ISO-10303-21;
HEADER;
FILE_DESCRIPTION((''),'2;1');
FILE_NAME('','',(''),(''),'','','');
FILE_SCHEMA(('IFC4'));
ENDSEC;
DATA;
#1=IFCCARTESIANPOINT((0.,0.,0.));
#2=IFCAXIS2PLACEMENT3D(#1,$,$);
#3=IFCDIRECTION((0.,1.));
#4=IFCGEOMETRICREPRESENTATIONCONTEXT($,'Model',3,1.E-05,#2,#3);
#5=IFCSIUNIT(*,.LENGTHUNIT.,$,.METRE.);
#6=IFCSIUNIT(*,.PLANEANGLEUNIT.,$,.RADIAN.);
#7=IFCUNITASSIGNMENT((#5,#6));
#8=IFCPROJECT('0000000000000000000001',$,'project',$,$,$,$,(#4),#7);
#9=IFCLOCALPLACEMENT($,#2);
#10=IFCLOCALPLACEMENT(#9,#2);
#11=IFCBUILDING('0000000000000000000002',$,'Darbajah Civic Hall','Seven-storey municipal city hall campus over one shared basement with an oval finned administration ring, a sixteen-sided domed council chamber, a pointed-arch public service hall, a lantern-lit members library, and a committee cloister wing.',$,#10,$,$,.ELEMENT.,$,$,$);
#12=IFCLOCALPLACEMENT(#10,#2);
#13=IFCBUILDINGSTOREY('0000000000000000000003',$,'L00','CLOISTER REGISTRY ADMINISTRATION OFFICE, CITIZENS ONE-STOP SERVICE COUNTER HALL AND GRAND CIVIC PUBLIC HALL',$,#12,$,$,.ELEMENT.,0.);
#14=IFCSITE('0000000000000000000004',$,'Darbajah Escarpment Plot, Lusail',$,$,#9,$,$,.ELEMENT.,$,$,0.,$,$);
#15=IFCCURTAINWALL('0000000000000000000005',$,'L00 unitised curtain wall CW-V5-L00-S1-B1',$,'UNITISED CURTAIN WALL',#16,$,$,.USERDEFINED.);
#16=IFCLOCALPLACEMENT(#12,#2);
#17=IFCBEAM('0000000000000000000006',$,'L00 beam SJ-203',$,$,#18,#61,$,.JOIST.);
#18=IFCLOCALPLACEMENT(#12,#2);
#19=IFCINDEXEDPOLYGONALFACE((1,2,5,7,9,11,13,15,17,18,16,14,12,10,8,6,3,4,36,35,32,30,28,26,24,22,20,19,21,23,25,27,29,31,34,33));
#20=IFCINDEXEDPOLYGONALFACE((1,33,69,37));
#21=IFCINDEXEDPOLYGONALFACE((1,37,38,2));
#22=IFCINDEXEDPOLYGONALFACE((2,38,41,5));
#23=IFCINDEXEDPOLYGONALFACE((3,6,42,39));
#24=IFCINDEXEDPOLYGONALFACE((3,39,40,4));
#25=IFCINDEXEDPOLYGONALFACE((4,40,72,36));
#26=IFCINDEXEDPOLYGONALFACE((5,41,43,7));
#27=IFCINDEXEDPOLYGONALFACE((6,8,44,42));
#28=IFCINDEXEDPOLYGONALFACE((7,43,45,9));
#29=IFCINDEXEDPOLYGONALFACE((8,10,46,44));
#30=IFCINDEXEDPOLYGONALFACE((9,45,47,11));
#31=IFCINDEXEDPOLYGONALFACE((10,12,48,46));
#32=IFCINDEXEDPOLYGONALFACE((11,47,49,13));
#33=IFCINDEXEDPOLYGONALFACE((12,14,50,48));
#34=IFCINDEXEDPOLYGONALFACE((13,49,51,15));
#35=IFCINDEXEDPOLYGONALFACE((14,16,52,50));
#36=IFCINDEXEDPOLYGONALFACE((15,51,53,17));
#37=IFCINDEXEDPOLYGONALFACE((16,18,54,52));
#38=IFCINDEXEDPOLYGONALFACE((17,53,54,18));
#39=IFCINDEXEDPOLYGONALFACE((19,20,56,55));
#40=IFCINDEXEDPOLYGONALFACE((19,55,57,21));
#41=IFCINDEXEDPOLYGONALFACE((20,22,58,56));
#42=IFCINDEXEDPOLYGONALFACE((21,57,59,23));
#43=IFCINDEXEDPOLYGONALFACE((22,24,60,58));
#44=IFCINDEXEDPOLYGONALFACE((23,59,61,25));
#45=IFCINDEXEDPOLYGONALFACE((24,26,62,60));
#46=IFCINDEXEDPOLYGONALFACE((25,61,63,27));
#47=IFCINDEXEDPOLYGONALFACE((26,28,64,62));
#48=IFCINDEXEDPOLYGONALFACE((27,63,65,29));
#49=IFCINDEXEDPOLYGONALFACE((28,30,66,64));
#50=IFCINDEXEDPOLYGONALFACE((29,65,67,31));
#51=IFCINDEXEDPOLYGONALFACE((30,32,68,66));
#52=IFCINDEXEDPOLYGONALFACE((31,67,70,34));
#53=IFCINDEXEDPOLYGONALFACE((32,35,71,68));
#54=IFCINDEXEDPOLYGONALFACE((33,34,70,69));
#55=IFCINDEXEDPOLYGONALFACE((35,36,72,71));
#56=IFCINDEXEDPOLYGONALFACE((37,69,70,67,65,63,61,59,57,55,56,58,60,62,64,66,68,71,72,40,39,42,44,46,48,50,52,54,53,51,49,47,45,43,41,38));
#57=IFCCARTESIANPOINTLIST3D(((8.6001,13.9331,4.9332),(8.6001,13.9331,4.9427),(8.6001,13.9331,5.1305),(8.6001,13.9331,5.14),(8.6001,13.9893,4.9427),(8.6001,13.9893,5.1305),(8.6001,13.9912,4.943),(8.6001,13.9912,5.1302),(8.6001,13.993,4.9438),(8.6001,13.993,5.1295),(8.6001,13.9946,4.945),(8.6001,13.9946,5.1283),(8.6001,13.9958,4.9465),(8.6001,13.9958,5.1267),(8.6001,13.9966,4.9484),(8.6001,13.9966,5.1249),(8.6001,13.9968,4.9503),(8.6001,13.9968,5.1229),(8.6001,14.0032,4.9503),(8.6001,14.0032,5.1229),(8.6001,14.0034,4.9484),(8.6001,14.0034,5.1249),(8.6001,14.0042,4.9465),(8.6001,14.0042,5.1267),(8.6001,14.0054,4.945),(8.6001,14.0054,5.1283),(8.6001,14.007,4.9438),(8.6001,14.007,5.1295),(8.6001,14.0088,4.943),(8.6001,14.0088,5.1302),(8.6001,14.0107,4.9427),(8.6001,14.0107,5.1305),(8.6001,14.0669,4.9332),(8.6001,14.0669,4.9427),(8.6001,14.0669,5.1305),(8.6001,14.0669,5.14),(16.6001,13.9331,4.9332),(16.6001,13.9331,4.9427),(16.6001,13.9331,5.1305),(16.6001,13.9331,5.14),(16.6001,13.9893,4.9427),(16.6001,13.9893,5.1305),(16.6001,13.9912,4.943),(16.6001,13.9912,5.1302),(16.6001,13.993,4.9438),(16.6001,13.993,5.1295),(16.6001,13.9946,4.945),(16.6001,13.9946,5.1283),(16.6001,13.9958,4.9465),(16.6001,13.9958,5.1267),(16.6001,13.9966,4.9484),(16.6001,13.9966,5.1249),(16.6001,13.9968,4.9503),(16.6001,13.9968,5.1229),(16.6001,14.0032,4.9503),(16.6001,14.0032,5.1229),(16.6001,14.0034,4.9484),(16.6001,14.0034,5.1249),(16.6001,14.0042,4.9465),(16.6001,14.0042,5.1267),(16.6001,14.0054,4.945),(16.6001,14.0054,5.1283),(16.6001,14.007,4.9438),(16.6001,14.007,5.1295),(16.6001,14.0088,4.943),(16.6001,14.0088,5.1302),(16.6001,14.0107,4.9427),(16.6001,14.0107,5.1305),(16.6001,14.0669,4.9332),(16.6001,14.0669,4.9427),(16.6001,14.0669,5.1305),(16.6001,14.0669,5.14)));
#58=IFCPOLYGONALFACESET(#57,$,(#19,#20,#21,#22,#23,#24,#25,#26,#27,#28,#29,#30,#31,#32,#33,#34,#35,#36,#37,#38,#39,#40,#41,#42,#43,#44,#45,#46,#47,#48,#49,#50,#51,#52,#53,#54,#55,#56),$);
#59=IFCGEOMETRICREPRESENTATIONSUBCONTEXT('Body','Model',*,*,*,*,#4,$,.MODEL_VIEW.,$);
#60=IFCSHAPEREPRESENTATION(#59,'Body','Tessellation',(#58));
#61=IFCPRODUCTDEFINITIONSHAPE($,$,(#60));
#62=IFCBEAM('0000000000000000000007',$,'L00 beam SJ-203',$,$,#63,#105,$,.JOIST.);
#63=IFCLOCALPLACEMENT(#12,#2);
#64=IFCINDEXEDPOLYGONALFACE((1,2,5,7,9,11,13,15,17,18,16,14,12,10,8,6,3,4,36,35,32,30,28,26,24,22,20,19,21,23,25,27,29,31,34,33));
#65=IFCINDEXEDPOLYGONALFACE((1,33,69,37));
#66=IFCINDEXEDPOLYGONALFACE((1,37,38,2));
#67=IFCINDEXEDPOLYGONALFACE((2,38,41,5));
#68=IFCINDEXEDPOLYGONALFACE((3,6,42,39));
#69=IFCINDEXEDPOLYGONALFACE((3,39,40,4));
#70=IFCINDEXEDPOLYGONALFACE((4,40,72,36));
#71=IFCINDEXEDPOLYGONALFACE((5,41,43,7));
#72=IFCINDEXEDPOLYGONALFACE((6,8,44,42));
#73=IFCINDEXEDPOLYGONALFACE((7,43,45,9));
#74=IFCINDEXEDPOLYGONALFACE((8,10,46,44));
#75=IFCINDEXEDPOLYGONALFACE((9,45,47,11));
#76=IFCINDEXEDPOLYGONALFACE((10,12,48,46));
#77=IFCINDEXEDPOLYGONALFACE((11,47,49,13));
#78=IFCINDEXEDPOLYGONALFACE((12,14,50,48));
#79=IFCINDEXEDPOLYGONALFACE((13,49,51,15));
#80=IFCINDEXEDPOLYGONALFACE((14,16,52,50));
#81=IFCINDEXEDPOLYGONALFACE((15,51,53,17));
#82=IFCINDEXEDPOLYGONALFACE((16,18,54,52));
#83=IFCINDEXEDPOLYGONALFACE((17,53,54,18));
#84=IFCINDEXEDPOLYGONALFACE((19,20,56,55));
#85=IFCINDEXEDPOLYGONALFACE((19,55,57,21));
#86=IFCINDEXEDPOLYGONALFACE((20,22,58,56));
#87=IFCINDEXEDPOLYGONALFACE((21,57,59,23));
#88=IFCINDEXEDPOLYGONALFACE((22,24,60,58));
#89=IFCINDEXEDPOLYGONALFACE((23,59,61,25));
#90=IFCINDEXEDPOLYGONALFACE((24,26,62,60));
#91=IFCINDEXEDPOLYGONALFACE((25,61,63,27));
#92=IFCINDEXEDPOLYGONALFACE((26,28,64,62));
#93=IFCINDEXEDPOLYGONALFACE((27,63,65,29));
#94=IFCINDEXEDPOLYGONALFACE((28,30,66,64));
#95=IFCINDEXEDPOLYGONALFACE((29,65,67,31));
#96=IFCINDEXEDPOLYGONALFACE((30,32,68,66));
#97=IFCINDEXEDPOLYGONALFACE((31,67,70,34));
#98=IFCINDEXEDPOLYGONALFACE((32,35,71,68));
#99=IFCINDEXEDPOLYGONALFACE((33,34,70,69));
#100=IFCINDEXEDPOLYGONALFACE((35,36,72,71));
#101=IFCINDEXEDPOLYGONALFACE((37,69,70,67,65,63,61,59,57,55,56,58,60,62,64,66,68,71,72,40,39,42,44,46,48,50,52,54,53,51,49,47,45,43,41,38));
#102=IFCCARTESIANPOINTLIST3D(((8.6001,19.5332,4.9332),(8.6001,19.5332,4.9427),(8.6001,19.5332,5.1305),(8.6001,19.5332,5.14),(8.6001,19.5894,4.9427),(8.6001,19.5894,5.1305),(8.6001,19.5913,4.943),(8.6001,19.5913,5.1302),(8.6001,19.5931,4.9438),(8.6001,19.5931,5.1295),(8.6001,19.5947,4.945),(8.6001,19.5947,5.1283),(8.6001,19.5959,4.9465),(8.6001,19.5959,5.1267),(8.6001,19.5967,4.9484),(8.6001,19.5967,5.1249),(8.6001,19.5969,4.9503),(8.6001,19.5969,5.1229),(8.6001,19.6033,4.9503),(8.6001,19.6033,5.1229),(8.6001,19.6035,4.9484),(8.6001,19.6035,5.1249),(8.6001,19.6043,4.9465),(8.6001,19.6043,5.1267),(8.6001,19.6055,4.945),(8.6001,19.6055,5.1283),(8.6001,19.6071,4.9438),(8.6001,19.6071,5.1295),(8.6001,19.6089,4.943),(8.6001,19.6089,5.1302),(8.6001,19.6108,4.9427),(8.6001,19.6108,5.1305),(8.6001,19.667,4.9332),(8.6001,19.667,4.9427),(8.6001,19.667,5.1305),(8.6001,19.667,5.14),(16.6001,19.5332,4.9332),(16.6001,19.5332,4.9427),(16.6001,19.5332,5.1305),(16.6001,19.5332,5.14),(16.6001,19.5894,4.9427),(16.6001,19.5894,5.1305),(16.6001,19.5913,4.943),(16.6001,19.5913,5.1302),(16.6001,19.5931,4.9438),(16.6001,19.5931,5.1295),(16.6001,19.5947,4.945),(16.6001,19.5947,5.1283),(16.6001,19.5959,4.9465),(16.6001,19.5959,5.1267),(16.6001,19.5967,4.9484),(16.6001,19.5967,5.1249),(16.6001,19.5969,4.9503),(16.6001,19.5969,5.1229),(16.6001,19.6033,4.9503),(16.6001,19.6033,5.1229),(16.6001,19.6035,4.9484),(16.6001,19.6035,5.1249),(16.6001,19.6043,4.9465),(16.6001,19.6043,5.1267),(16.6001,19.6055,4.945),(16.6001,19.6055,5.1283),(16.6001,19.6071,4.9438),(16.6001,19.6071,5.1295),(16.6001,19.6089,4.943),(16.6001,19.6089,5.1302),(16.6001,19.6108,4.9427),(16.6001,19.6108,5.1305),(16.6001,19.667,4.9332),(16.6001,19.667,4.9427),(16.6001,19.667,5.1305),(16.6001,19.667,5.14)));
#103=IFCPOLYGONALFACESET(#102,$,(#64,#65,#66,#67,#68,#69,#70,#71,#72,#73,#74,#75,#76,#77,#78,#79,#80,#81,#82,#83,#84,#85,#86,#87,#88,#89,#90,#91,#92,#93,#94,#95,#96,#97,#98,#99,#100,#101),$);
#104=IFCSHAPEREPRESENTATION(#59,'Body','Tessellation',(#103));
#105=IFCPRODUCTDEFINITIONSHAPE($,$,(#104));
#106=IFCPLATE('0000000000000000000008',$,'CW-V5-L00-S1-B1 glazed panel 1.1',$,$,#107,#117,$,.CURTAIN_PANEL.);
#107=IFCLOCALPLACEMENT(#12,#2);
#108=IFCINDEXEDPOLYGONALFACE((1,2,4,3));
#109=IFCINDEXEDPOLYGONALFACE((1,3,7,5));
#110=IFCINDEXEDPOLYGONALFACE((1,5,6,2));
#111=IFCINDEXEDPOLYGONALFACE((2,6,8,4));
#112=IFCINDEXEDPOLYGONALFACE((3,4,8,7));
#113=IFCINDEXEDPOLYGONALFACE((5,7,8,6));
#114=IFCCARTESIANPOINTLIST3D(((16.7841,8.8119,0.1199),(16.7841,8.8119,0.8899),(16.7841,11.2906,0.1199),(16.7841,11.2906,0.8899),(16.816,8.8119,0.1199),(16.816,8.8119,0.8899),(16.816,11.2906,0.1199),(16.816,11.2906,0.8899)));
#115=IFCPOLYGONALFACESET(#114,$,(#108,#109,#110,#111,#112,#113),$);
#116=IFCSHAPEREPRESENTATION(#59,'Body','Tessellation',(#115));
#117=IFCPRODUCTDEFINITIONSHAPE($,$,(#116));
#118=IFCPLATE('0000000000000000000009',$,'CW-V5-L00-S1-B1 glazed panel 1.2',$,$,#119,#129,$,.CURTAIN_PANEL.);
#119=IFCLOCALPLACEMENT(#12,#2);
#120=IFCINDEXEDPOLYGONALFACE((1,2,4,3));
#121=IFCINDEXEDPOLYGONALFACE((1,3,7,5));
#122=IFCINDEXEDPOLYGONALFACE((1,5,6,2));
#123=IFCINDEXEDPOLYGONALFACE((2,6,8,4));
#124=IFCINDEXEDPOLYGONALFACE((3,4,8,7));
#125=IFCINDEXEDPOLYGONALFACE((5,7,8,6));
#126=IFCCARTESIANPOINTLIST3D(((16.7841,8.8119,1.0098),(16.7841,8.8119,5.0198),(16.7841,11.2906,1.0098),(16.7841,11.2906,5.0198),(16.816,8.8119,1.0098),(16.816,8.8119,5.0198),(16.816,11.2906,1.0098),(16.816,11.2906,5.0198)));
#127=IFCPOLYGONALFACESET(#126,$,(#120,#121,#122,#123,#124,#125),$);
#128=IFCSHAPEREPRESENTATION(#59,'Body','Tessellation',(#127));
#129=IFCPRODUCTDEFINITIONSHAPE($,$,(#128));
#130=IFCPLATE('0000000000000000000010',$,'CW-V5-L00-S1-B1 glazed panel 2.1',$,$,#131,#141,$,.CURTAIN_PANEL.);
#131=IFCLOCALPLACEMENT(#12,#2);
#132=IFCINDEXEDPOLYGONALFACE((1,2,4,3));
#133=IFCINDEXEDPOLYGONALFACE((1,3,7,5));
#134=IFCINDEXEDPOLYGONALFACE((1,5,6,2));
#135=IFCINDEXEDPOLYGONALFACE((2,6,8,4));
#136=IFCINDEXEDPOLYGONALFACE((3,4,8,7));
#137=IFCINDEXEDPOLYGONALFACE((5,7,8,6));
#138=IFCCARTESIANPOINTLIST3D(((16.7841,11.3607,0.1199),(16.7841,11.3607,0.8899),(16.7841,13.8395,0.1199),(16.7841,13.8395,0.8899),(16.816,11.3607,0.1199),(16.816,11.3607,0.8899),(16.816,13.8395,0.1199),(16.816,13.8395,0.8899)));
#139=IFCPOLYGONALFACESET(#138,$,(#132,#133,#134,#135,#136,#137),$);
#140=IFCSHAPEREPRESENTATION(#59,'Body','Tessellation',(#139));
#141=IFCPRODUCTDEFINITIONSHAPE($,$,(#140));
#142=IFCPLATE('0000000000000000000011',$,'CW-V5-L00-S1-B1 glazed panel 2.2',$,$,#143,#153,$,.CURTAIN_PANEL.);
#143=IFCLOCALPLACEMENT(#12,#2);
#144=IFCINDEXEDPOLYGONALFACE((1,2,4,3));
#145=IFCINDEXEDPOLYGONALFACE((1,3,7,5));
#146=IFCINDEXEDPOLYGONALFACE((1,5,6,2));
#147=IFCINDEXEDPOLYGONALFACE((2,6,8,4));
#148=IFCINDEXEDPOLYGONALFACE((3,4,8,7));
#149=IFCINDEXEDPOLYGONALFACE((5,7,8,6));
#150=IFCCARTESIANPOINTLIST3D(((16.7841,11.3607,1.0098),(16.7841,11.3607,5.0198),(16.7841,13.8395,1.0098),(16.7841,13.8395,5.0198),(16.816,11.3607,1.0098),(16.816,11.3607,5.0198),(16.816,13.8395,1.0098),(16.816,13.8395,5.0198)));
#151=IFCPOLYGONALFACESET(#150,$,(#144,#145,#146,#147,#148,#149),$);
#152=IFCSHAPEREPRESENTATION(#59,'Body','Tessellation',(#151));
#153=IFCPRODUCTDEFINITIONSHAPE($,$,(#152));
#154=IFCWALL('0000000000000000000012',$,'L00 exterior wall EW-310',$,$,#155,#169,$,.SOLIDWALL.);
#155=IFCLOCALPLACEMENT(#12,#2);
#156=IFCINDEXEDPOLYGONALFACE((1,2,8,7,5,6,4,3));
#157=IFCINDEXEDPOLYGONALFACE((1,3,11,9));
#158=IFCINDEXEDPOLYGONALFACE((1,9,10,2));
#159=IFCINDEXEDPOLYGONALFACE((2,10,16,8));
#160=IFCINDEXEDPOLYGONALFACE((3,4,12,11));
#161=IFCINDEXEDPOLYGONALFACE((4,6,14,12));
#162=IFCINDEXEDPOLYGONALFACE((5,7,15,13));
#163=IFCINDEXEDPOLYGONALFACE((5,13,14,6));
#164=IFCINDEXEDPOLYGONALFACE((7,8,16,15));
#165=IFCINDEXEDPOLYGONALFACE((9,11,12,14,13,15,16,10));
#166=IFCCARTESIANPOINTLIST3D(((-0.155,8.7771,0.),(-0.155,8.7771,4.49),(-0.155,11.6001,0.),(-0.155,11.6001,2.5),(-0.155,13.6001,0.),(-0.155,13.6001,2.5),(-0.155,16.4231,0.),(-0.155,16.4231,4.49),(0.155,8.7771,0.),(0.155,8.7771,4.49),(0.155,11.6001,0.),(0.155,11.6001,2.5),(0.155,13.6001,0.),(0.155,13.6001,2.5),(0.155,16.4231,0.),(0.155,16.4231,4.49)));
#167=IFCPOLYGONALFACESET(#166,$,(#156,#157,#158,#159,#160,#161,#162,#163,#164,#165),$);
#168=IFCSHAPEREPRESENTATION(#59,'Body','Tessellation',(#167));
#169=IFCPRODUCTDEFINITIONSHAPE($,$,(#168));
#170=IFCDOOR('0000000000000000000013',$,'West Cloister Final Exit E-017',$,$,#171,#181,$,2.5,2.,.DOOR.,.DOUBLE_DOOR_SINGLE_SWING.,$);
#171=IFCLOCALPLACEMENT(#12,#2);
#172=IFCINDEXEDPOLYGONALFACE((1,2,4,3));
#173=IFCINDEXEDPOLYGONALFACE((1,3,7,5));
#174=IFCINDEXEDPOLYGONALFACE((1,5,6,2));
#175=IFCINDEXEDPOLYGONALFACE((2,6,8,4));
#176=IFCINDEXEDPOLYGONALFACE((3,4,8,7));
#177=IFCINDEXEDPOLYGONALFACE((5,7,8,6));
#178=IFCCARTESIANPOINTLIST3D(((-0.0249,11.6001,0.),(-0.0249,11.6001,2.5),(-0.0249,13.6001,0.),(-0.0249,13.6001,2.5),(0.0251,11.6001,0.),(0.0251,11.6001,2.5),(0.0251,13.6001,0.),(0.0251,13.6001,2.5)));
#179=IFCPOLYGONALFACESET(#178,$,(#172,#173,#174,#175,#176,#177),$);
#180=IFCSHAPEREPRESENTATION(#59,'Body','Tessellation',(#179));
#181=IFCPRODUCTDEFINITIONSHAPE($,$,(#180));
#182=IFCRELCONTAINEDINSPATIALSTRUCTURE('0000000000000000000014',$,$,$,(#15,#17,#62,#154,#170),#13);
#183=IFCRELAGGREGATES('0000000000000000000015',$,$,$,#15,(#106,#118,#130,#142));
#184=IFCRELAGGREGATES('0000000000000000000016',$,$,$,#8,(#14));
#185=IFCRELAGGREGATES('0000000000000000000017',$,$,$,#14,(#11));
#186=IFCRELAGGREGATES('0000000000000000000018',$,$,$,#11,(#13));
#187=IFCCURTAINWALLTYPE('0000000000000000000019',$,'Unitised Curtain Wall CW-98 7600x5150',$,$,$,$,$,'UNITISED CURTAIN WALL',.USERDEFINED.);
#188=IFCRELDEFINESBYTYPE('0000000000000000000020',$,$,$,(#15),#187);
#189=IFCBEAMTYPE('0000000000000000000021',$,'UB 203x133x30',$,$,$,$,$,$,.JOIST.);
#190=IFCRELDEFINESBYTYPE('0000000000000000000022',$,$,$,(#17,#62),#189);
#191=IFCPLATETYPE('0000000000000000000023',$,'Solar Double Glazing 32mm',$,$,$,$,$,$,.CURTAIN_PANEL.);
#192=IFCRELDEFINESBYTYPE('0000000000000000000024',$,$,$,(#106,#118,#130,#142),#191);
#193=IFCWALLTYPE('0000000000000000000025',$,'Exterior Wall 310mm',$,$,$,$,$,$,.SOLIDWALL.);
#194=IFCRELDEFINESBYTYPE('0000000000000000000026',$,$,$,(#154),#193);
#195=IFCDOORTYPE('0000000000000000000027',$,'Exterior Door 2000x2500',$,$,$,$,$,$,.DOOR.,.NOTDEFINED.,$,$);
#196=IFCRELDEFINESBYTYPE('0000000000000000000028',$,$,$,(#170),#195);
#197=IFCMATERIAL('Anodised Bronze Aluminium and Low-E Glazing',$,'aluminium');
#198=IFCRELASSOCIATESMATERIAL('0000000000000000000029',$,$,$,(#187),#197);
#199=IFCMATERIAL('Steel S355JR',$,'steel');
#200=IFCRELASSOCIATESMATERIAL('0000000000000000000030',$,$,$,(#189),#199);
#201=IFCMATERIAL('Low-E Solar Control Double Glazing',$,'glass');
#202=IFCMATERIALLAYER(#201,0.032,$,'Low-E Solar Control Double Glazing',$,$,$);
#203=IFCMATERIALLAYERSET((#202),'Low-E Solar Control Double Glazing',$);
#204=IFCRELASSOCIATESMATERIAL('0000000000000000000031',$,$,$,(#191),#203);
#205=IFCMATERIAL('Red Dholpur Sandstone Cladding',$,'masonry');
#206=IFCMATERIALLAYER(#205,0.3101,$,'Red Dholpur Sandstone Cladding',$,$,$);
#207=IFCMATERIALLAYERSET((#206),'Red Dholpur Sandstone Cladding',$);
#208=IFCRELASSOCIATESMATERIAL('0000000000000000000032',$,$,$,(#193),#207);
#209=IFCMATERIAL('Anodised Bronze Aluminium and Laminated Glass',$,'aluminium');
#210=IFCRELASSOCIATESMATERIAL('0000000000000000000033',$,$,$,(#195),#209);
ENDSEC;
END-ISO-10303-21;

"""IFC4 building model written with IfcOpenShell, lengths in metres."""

from ifc_helpers import new_model, si_unit, direction, frame, frame_2d, origin, origin_2d, place, context, subcontext, project, spatial, rectangle, i_section, extrude, material, layer, layer_set, material_profile, profile_set, type_object, element, fill, aggregate, save


model = new_model("IFC4")

# Units and contexts
model_context = context("Model", 3, precision=1e-05, world=origin(), true_north=direction((0.0, 1.0)))
body_context = subcontext(model_context, "Body", "Model", "MODEL_VIEW")
ifc_project = project(units=[si_unit("LENGTHUNIT", "METRE"), si_unit("PLANEANGLEUNIT", "RADIAN")], contexts=[model_context])

# Site, building, storey
site_placement = place(None, origin())
site = spatial("IfcSite", under=ifc_project, at=site_placement, Name="Darbajah Escarpment Plot, Lusail", CompositionType="ELEMENT", RefElevation=0.0)
building_placement = place(site_placement, origin())
building = spatial("IfcBuilding", under=site, at=building_placement, Name="Darbajah Civic Hall", Description="Seven-storey municipal city hall campus over one shared basement with an oval finned administration ring, a sixteen-sided domed council chamber, a pointed-arch public service hall, a lantern-lit members library, and a committee cloister wing.", CompositionType="ELEMENT")
storey_placement = place(building_placement, origin())
storey = spatial("IfcBuildingStorey", under=building, at=storey_placement, Name="L00", Description="CLOISTER REGISTRY ADMINISTRATION OFFICE, CITIZENS ONE-STOP SERVICE COUNTER HALL AND GRAND CIVIC PUBLIC HALL", CompositionType="ELEMENT", Elevation=0.0)

# Shared definitions
ifc_material_1 = material(Name="Anodised Bronze Aluminium and Low-E Glazing", Category="aluminium")
curtain_wall_type = type_object("IfcCurtainWallType", Name="Unitised Curtain Wall CW-98 7600x5150", ElementType="UNITISED CURTAIN WALL", PredefinedType="USERDEFINED", material=ifc_material_1)

# Curtain wall
curtain_wall_1_placement = place(storey_placement, origin())
curtain_wall_1 = element("IfcCurtainWall", 1, at=curtain_wall_1_placement, inside=storey, type_object=curtain_wall_type, Name="L00 unitised curtain wall CW-V5-L00-S1-B1", ObjectType="UNITISED CURTAIN WALL", PredefinedType="USERDEFINED")

# Beams
ifc_material_2 = material(Name="Steel S355JR", Category="steel")
ifc_material_profile_1 = material_profile(ifc_material_2, i_section(OverallWidth=0.1338, OverallDepth=0.2068, WebThickness=0.0063, FlangeThickness=0.0095, FilletRadius=0.0076, at=origin_2d()), Name="UB 203x133x30")
ifc_profile_set_1 = profile_set([ifc_material_profile_1], Name="Steel S355JR")
beam_type_1 = type_object("IfcBeamType", Name="UB 203x133x30", PredefinedType="JOIST", material=ifc_profile_set_1)
for number, where, z_axis, x_axis, name in (
    (2, (8.6001, 14.0, 5.0366), (1.0, 0.0, 0.0), (0.0, 1.0, 0.0), "L00 beam SJ-203"),
    (3, (8.6001, 19.6001, 5.0366), (1.0, 0.0, 0.0), (0.0, 1.0, 0.0), "L00 beam SJ-203"),
):
    element("IfcBeam", number, at=place(storey_placement, frame(where, z_axis=z_axis, x_axis=x_axis)), inside=storey, type_object=beam_type_1, Name=name, PredefinedType="JOIST", context=body_context, shape_type="SweptSolid", body=[
        extrude(i_section(OverallWidth=0.1338, OverallDepth=0.2068, WebThickness=0.0063, FlangeThickness=0.0095, FilletRadius=0.0076, at=origin_2d()), origin(), (0.0, 0.0, 1.0), 8.0),
    ])

# Plates
ifc_material_3 = material(Name="Low-E Solar Control Double Glazing", Category="glass")
ifc_layer_1 = layer(ifc_material_3, 0.032, Name="Low-E Solar Control Double Glazing")
ifc_layer_set_1 = layer_set([ifc_layer_1], Name="Low-E Solar Control Double Glazing")
plate_type = type_object("IfcPlateType", Name="Solar Double Glazing 32mm", PredefinedType="CURTAIN_PANEL", material=ifc_layer_set_1)
plate_1_placement = place(storey_placement, frame((16.8, 10.0513, 0.1199), z_axis=(0.0, 0.0, 1.0), x_axis=(0.0, 1.0, 0.0)))
plate_1 = element("IfcPlate", 4, at=plate_1_placement, type_object=plate_type, Name="CW-V5-L00-S1-B1 glazed panel 1.1", PredefinedType="CURTAIN_PANEL", context=body_context, shape_type="SweptSolid", body=[
    extrude(rectangle(XDim=2.4788, YDim=0.032, at=origin_2d()), origin(), (0.0, 0.0, 1.0), 0.77),
])
plate_2_placement = place(storey_placement, frame((16.8, 10.0513, 1.0098), z_axis=(0.0, 0.0, 1.0), x_axis=(0.0, 1.0, 0.0)))
plate_2 = element("IfcPlate", 5, at=plate_2_placement, type_object=plate_type, Name="CW-V5-L00-S1-B1 glazed panel 1.2", PredefinedType="CURTAIN_PANEL", context=body_context, shape_type="SweptSolid", body=[
    extrude(rectangle(XDim=2.4788, YDim=0.032, at=origin_2d()), origin(), (0.0, 0.0, 1.0), 4.01),
])
plate_3_placement = place(storey_placement, frame((16.8, 12.6001, 0.1199), z_axis=(0.0, 0.0, 1.0), x_axis=(0.0, 1.0, 0.0)))
plate_3 = element("IfcPlate", 6, at=plate_3_placement, type_object=plate_type, Name="CW-V5-L00-S1-B1 glazed panel 2.1", PredefinedType="CURTAIN_PANEL", context=body_context, shape_type="SweptSolid", body=[
    extrude(rectangle(XDim=2.4788, YDim=0.032, at=origin_2d()), origin(), (0.0, 0.0, 1.0), 0.77),
])
plate_4_placement = place(storey_placement, frame((16.8, 12.6001, 1.0098), z_axis=(0.0, 0.0, 1.0), x_axis=(0.0, 1.0, 0.0)))
plate_4 = element("IfcPlate", 7, at=plate_4_placement, type_object=plate_type, Name="CW-V5-L00-S1-B1 glazed panel 2.2", PredefinedType="CURTAIN_PANEL", context=body_context, shape_type="SweptSolid", body=[
    extrude(rectangle(XDim=2.4788, YDim=0.032, at=origin_2d()), origin(), (0.0, 0.0, 1.0), 4.01),
])
aggregate(curtain_wall_1, [plate_1, plate_2, plate_3, plate_4])

# Wall, opening, door
ifc_material_4 = material(Name="Red Dholpur Sandstone Cladding", Category="masonry")
ifc_layer_2 = layer(ifc_material_4, 0.3101, Name="Red Dholpur Sandstone Cladding")
ifc_layer_set_2 = layer_set([ifc_layer_2], Name="Red Dholpur Sandstone Cladding")
wall_type = type_object("IfcWallType", Name="Exterior Wall 310mm", PredefinedType="SOLIDWALL", material=ifc_layer_set_2)
wall_placement = place(storey_placement, frame((0.0, 16.4231, 0.0), z_axis=(0.0, 0.0, 1.0), x_axis=(0.0, -1.0, 0.0)))
wall = element("IfcWall", 8, at=wall_placement, inside=storey, type_object=wall_type, Name="L00 exterior wall EW-310", PredefinedType="SOLIDWALL", context=body_context, shape_type="SweptSolid", body=[
    extrude(rectangle(XDim=7.646, YDim=0.3101, at=frame_2d((3.823, 0.0))), origin(), (0.0, 0.0, 1.0), 4.49),
])
opening_placement = place(wall_placement, frame((2.823, 0.0, 0.0)))
opening = element("IfcOpeningElement", 9, at=opening_placement, cuts=wall, PredefinedType="OPENING", context=body_context, shape_type="SweptSolid", body=[
    extrude(rectangle(XDim=2.0, YDim=2.5, at=frame_2d((1.0, 1.25))), frame((0.0, 0.165, 0.0), z_axis=(0.0, -1.0, 0.0), x_axis=(1.0, 0.0, 0.0)), (0.0, 0.0, 1.0), 0.3301),
])
ifc_material_5 = material(Name="Anodised Bronze Aluminium and Laminated Glass", Category="aluminium")
door_type = type_object("IfcDoorType", Name="Exterior Door 2000x2500", OperationType="NOTDEFINED", PredefinedType="DOOR", material=ifc_material_5)
door_placement = place(opening_placement, frame((2.0, 0.0, 0.0), z_axis=(0.0, 0.0, 1.0), x_axis=(-1.0, 0.0, 0.0)))
door = element("IfcDoor", 10, at=door_placement, inside=storey, type_object=door_type, Name="West Cloister Final Exit E-017", OperationType="DOUBLE_DOOR_SINGLE_SWING", OverallHeight=2.5, OverallWidth=2.0, PredefinedType="DOOR", context=body_context, shape_type="SweptSolid", body=[
    extrude(rectangle(XDim=2.0, YDim=2.5, at=frame_2d((1.0, 1.25))), frame((0.0, 0.0249, 0.0), z_axis=(0.0, -1.0, 0.0), x_axis=(1.0, 0.0, 0.0)), (0.0, 0.0, 1.0), 0.05),
])
fill(opening, door)

save(model, "model.ifc")
